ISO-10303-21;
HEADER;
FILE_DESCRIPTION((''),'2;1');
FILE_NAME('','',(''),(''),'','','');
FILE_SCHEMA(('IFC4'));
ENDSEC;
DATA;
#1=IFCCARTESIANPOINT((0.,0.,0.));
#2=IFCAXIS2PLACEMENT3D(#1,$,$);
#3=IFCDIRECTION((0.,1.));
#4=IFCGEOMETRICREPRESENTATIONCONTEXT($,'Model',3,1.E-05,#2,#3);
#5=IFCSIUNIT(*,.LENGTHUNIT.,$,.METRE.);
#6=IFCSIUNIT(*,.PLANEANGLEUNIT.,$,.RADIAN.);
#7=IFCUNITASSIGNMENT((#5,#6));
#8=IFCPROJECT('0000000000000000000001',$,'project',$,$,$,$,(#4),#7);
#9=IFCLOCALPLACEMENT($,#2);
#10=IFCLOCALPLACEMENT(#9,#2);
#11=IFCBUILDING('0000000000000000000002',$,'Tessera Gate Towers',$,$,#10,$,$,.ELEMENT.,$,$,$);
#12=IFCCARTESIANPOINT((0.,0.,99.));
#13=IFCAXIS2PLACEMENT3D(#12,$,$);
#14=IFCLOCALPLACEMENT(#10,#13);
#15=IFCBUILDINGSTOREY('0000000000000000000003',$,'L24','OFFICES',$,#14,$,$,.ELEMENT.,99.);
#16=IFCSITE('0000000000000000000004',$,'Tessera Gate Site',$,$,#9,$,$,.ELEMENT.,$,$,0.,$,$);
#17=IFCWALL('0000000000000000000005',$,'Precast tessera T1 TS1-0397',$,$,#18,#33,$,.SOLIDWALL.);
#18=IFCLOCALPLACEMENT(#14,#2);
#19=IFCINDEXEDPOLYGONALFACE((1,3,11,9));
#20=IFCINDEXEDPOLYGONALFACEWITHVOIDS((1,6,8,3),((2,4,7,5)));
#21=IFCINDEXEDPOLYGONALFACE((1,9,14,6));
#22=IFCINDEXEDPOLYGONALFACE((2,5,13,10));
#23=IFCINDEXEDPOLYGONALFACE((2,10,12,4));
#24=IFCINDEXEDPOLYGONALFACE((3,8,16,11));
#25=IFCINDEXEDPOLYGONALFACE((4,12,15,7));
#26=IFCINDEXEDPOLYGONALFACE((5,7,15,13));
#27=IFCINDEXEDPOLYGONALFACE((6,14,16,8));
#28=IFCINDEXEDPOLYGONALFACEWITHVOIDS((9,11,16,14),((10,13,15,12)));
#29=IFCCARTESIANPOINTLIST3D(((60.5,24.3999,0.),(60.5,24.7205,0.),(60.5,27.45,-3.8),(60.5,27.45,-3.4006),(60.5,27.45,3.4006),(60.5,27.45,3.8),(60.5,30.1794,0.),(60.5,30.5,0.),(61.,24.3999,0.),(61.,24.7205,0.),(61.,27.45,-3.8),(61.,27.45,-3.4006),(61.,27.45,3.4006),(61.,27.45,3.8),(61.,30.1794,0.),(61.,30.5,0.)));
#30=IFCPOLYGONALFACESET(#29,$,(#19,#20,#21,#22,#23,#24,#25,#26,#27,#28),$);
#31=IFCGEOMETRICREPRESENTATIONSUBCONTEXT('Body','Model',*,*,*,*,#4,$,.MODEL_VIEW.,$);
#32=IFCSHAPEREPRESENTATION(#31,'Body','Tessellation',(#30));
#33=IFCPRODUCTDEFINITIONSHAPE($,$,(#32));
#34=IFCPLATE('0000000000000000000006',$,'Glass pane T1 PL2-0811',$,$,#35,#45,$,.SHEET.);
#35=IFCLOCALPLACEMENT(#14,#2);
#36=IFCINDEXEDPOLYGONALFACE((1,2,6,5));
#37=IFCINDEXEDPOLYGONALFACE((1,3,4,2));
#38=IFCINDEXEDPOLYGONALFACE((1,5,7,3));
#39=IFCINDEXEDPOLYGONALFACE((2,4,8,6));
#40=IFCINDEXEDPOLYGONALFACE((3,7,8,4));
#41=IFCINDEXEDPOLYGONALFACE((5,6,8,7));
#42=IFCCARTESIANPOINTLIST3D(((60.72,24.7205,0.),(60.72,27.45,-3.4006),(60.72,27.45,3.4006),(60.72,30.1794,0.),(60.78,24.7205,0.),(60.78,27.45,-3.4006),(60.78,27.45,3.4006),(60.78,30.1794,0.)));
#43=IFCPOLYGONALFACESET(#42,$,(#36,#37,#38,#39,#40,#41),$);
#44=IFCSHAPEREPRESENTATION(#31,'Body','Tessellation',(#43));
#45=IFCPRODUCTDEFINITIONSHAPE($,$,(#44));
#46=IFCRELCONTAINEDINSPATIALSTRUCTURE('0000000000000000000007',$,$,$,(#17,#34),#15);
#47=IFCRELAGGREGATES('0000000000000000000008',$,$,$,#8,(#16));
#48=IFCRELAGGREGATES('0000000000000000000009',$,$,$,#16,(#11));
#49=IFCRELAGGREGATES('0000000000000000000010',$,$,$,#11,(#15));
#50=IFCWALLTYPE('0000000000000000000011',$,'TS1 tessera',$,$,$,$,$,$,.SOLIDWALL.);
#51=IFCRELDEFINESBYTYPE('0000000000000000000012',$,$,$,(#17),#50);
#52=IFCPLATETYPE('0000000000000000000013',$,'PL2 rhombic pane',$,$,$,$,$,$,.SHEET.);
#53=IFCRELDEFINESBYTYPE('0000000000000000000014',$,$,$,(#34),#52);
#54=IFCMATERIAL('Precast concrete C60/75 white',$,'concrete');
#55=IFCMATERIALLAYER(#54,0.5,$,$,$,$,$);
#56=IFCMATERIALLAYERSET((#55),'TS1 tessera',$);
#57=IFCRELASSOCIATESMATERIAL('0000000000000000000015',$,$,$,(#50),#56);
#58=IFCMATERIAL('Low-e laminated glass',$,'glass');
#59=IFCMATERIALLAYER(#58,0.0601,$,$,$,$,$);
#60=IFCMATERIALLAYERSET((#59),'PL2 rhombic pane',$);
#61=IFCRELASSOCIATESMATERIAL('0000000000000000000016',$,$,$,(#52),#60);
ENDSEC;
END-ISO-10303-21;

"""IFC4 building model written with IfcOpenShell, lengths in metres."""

from ifc_helpers import new_model, si_unit, direction, frame, origin, place, context, subcontext, project, spatial, polyline, outline, extrude, source, transform, mapped, material, layer, layer_set, type_object, element, fill, save


model = new_model("IFC4")

# Units and contexts
model_context = context("Model", 3, precision=1e-05, world=origin(), true_north=direction((0.0, 1.0)))
body_context = subcontext(model_context, "Body", "Model", "MODEL_VIEW")
ifc_project = project(units=[si_unit("LENGTHUNIT", "METRE"), si_unit("PLANEANGLEUNIT", "RADIAN")], contexts=[model_context])

# Site, building, storey
site_placement = place(None, origin())
site = spatial("IfcSite", under=ifc_project, at=site_placement, Name="Tessera Gate Site", CompositionType="ELEMENT", RefElevation=0.0)
building_placement = place(site_placement, origin())
building = spatial("IfcBuilding", under=site, at=building_placement, Name="Tessera Gate Towers", CompositionType="ELEMENT")
storey_placement = place(building_placement, frame((0.0, 0.0, 99.0)))
storey = spatial("IfcBuildingStorey", under=building, at=storey_placement, Name="L24", Description="OFFICES", CompositionType="ELEMENT", Elevation=99.0)

# Wall, opening, plate
ifc_material_1 = material(Name="Precast concrete C60/75 white", Category="concrete")
ifc_layer_1 = layer(ifc_material_1, 0.5)
ifc_layer_set_1 = layer_set([ifc_layer_1], Name="TS1 tessera")
wall_type_1 = type_object("IfcWallType", Name="TS1 tessera", PredefinedType="SOLIDWALL", material=ifc_layer_set_1)
shared_shape_1 = source(origin(), body_context, "Body", "SweptSolid", [
    extrude(outline(polyline([(3.05, 0.0), (6.1001, 3.8), (3.05, 7.6001), (0.0, 3.8), (3.05, 0.0)])), frame((0.0, 0.25, 0.0), z_axis=(0.0, -1.0, 0.0), x_axis=(1.0, 0.0, 0.0)), (0.0, 0.0, 1.0), 0.5),
])
shared_shape_2 = source(origin(), body_context, "Body", "SweptSolid", [
    extrude(outline(polyline([(3.05, 0.3994), (5.7795, 3.8), (3.05, 7.2007), (0.3206, 3.8), (3.05, 0.3994)])), frame((0.0, 0.26, 0.0), z_axis=(0.0, -1.0, 0.0), x_axis=(1.0, 0.0, 0.0)), (0.0, 0.0, 1.0), 0.52),
])
ifc_material_2 = material(Name="Low-e laminated glass", Category="glass")
ifc_layer_2 = layer(ifc_material_2, 0.0601)
ifc_layer_set_2 = layer_set([ifc_layer_2], Name="PL2 rhombic pane")
plate_type = type_object("IfcPlateType", Name="PL2 rhombic pane", PredefinedType="SHEET", material=ifc_layer_set_2)
shared_shape_3 = source(origin(), body_context, "Body", "SweptSolid", [
    extrude(outline(polyline([(3.05, 0.3994), (5.7795, 3.8), (3.05, 7.2007), (0.3206, 3.8), (3.05, 0.3994)])), frame((0.0, 0.03, 0.0), z_axis=(0.0, -1.0, 0.0), x_axis=(1.0, 0.0, 0.0)), (0.0, 0.0, 1.0), 0.0601),
])
wall_1_placement = place(storey_placement, frame((60.75, 24.3999, -3.8), z_axis=(0.0, 0.0, 1.0), x_axis=(0.0, 1.0, 0.0)))
wall_1 = element("IfcWall", 1, at=wall_1_placement, inside=storey, type_object=wall_type_1, Name="Precast tessera T1 TS1-0397", PredefinedType="SOLIDWALL", context=body_context, shape_type="MappedRepresentation", body=[
    mapped(shared_shape_1, transform((0.0, 0.0, 0.0), scale=1.0)),
])
opening_1_placement = place(wall_1_placement, origin())
opening_1 = element("IfcOpeningElement", 2, at=opening_1_placement, cuts=wall_1, PredefinedType="OPENING", context=body_context, shape_type="MappedRepresentation", body=[
    mapped(shared_shape_2, transform((0.0, 0.0, 0.0), scale=1.0)),
])
plate_1_placement = place(opening_1_placement, origin())
plate_1 = element("IfcPlate", 3, at=plate_1_placement, inside=storey, type_object=plate_type, Name="Glass pane T1 PL2-0811", PredefinedType="SHEET", context=body_context, shape_type="MappedRepresentation", body=[
    mapped(shared_shape_3, transform((0.0, 0.0, 0.0), scale=1.0)),
])
fill(opening_1, plate_1)

save(model, "model.ifc")
